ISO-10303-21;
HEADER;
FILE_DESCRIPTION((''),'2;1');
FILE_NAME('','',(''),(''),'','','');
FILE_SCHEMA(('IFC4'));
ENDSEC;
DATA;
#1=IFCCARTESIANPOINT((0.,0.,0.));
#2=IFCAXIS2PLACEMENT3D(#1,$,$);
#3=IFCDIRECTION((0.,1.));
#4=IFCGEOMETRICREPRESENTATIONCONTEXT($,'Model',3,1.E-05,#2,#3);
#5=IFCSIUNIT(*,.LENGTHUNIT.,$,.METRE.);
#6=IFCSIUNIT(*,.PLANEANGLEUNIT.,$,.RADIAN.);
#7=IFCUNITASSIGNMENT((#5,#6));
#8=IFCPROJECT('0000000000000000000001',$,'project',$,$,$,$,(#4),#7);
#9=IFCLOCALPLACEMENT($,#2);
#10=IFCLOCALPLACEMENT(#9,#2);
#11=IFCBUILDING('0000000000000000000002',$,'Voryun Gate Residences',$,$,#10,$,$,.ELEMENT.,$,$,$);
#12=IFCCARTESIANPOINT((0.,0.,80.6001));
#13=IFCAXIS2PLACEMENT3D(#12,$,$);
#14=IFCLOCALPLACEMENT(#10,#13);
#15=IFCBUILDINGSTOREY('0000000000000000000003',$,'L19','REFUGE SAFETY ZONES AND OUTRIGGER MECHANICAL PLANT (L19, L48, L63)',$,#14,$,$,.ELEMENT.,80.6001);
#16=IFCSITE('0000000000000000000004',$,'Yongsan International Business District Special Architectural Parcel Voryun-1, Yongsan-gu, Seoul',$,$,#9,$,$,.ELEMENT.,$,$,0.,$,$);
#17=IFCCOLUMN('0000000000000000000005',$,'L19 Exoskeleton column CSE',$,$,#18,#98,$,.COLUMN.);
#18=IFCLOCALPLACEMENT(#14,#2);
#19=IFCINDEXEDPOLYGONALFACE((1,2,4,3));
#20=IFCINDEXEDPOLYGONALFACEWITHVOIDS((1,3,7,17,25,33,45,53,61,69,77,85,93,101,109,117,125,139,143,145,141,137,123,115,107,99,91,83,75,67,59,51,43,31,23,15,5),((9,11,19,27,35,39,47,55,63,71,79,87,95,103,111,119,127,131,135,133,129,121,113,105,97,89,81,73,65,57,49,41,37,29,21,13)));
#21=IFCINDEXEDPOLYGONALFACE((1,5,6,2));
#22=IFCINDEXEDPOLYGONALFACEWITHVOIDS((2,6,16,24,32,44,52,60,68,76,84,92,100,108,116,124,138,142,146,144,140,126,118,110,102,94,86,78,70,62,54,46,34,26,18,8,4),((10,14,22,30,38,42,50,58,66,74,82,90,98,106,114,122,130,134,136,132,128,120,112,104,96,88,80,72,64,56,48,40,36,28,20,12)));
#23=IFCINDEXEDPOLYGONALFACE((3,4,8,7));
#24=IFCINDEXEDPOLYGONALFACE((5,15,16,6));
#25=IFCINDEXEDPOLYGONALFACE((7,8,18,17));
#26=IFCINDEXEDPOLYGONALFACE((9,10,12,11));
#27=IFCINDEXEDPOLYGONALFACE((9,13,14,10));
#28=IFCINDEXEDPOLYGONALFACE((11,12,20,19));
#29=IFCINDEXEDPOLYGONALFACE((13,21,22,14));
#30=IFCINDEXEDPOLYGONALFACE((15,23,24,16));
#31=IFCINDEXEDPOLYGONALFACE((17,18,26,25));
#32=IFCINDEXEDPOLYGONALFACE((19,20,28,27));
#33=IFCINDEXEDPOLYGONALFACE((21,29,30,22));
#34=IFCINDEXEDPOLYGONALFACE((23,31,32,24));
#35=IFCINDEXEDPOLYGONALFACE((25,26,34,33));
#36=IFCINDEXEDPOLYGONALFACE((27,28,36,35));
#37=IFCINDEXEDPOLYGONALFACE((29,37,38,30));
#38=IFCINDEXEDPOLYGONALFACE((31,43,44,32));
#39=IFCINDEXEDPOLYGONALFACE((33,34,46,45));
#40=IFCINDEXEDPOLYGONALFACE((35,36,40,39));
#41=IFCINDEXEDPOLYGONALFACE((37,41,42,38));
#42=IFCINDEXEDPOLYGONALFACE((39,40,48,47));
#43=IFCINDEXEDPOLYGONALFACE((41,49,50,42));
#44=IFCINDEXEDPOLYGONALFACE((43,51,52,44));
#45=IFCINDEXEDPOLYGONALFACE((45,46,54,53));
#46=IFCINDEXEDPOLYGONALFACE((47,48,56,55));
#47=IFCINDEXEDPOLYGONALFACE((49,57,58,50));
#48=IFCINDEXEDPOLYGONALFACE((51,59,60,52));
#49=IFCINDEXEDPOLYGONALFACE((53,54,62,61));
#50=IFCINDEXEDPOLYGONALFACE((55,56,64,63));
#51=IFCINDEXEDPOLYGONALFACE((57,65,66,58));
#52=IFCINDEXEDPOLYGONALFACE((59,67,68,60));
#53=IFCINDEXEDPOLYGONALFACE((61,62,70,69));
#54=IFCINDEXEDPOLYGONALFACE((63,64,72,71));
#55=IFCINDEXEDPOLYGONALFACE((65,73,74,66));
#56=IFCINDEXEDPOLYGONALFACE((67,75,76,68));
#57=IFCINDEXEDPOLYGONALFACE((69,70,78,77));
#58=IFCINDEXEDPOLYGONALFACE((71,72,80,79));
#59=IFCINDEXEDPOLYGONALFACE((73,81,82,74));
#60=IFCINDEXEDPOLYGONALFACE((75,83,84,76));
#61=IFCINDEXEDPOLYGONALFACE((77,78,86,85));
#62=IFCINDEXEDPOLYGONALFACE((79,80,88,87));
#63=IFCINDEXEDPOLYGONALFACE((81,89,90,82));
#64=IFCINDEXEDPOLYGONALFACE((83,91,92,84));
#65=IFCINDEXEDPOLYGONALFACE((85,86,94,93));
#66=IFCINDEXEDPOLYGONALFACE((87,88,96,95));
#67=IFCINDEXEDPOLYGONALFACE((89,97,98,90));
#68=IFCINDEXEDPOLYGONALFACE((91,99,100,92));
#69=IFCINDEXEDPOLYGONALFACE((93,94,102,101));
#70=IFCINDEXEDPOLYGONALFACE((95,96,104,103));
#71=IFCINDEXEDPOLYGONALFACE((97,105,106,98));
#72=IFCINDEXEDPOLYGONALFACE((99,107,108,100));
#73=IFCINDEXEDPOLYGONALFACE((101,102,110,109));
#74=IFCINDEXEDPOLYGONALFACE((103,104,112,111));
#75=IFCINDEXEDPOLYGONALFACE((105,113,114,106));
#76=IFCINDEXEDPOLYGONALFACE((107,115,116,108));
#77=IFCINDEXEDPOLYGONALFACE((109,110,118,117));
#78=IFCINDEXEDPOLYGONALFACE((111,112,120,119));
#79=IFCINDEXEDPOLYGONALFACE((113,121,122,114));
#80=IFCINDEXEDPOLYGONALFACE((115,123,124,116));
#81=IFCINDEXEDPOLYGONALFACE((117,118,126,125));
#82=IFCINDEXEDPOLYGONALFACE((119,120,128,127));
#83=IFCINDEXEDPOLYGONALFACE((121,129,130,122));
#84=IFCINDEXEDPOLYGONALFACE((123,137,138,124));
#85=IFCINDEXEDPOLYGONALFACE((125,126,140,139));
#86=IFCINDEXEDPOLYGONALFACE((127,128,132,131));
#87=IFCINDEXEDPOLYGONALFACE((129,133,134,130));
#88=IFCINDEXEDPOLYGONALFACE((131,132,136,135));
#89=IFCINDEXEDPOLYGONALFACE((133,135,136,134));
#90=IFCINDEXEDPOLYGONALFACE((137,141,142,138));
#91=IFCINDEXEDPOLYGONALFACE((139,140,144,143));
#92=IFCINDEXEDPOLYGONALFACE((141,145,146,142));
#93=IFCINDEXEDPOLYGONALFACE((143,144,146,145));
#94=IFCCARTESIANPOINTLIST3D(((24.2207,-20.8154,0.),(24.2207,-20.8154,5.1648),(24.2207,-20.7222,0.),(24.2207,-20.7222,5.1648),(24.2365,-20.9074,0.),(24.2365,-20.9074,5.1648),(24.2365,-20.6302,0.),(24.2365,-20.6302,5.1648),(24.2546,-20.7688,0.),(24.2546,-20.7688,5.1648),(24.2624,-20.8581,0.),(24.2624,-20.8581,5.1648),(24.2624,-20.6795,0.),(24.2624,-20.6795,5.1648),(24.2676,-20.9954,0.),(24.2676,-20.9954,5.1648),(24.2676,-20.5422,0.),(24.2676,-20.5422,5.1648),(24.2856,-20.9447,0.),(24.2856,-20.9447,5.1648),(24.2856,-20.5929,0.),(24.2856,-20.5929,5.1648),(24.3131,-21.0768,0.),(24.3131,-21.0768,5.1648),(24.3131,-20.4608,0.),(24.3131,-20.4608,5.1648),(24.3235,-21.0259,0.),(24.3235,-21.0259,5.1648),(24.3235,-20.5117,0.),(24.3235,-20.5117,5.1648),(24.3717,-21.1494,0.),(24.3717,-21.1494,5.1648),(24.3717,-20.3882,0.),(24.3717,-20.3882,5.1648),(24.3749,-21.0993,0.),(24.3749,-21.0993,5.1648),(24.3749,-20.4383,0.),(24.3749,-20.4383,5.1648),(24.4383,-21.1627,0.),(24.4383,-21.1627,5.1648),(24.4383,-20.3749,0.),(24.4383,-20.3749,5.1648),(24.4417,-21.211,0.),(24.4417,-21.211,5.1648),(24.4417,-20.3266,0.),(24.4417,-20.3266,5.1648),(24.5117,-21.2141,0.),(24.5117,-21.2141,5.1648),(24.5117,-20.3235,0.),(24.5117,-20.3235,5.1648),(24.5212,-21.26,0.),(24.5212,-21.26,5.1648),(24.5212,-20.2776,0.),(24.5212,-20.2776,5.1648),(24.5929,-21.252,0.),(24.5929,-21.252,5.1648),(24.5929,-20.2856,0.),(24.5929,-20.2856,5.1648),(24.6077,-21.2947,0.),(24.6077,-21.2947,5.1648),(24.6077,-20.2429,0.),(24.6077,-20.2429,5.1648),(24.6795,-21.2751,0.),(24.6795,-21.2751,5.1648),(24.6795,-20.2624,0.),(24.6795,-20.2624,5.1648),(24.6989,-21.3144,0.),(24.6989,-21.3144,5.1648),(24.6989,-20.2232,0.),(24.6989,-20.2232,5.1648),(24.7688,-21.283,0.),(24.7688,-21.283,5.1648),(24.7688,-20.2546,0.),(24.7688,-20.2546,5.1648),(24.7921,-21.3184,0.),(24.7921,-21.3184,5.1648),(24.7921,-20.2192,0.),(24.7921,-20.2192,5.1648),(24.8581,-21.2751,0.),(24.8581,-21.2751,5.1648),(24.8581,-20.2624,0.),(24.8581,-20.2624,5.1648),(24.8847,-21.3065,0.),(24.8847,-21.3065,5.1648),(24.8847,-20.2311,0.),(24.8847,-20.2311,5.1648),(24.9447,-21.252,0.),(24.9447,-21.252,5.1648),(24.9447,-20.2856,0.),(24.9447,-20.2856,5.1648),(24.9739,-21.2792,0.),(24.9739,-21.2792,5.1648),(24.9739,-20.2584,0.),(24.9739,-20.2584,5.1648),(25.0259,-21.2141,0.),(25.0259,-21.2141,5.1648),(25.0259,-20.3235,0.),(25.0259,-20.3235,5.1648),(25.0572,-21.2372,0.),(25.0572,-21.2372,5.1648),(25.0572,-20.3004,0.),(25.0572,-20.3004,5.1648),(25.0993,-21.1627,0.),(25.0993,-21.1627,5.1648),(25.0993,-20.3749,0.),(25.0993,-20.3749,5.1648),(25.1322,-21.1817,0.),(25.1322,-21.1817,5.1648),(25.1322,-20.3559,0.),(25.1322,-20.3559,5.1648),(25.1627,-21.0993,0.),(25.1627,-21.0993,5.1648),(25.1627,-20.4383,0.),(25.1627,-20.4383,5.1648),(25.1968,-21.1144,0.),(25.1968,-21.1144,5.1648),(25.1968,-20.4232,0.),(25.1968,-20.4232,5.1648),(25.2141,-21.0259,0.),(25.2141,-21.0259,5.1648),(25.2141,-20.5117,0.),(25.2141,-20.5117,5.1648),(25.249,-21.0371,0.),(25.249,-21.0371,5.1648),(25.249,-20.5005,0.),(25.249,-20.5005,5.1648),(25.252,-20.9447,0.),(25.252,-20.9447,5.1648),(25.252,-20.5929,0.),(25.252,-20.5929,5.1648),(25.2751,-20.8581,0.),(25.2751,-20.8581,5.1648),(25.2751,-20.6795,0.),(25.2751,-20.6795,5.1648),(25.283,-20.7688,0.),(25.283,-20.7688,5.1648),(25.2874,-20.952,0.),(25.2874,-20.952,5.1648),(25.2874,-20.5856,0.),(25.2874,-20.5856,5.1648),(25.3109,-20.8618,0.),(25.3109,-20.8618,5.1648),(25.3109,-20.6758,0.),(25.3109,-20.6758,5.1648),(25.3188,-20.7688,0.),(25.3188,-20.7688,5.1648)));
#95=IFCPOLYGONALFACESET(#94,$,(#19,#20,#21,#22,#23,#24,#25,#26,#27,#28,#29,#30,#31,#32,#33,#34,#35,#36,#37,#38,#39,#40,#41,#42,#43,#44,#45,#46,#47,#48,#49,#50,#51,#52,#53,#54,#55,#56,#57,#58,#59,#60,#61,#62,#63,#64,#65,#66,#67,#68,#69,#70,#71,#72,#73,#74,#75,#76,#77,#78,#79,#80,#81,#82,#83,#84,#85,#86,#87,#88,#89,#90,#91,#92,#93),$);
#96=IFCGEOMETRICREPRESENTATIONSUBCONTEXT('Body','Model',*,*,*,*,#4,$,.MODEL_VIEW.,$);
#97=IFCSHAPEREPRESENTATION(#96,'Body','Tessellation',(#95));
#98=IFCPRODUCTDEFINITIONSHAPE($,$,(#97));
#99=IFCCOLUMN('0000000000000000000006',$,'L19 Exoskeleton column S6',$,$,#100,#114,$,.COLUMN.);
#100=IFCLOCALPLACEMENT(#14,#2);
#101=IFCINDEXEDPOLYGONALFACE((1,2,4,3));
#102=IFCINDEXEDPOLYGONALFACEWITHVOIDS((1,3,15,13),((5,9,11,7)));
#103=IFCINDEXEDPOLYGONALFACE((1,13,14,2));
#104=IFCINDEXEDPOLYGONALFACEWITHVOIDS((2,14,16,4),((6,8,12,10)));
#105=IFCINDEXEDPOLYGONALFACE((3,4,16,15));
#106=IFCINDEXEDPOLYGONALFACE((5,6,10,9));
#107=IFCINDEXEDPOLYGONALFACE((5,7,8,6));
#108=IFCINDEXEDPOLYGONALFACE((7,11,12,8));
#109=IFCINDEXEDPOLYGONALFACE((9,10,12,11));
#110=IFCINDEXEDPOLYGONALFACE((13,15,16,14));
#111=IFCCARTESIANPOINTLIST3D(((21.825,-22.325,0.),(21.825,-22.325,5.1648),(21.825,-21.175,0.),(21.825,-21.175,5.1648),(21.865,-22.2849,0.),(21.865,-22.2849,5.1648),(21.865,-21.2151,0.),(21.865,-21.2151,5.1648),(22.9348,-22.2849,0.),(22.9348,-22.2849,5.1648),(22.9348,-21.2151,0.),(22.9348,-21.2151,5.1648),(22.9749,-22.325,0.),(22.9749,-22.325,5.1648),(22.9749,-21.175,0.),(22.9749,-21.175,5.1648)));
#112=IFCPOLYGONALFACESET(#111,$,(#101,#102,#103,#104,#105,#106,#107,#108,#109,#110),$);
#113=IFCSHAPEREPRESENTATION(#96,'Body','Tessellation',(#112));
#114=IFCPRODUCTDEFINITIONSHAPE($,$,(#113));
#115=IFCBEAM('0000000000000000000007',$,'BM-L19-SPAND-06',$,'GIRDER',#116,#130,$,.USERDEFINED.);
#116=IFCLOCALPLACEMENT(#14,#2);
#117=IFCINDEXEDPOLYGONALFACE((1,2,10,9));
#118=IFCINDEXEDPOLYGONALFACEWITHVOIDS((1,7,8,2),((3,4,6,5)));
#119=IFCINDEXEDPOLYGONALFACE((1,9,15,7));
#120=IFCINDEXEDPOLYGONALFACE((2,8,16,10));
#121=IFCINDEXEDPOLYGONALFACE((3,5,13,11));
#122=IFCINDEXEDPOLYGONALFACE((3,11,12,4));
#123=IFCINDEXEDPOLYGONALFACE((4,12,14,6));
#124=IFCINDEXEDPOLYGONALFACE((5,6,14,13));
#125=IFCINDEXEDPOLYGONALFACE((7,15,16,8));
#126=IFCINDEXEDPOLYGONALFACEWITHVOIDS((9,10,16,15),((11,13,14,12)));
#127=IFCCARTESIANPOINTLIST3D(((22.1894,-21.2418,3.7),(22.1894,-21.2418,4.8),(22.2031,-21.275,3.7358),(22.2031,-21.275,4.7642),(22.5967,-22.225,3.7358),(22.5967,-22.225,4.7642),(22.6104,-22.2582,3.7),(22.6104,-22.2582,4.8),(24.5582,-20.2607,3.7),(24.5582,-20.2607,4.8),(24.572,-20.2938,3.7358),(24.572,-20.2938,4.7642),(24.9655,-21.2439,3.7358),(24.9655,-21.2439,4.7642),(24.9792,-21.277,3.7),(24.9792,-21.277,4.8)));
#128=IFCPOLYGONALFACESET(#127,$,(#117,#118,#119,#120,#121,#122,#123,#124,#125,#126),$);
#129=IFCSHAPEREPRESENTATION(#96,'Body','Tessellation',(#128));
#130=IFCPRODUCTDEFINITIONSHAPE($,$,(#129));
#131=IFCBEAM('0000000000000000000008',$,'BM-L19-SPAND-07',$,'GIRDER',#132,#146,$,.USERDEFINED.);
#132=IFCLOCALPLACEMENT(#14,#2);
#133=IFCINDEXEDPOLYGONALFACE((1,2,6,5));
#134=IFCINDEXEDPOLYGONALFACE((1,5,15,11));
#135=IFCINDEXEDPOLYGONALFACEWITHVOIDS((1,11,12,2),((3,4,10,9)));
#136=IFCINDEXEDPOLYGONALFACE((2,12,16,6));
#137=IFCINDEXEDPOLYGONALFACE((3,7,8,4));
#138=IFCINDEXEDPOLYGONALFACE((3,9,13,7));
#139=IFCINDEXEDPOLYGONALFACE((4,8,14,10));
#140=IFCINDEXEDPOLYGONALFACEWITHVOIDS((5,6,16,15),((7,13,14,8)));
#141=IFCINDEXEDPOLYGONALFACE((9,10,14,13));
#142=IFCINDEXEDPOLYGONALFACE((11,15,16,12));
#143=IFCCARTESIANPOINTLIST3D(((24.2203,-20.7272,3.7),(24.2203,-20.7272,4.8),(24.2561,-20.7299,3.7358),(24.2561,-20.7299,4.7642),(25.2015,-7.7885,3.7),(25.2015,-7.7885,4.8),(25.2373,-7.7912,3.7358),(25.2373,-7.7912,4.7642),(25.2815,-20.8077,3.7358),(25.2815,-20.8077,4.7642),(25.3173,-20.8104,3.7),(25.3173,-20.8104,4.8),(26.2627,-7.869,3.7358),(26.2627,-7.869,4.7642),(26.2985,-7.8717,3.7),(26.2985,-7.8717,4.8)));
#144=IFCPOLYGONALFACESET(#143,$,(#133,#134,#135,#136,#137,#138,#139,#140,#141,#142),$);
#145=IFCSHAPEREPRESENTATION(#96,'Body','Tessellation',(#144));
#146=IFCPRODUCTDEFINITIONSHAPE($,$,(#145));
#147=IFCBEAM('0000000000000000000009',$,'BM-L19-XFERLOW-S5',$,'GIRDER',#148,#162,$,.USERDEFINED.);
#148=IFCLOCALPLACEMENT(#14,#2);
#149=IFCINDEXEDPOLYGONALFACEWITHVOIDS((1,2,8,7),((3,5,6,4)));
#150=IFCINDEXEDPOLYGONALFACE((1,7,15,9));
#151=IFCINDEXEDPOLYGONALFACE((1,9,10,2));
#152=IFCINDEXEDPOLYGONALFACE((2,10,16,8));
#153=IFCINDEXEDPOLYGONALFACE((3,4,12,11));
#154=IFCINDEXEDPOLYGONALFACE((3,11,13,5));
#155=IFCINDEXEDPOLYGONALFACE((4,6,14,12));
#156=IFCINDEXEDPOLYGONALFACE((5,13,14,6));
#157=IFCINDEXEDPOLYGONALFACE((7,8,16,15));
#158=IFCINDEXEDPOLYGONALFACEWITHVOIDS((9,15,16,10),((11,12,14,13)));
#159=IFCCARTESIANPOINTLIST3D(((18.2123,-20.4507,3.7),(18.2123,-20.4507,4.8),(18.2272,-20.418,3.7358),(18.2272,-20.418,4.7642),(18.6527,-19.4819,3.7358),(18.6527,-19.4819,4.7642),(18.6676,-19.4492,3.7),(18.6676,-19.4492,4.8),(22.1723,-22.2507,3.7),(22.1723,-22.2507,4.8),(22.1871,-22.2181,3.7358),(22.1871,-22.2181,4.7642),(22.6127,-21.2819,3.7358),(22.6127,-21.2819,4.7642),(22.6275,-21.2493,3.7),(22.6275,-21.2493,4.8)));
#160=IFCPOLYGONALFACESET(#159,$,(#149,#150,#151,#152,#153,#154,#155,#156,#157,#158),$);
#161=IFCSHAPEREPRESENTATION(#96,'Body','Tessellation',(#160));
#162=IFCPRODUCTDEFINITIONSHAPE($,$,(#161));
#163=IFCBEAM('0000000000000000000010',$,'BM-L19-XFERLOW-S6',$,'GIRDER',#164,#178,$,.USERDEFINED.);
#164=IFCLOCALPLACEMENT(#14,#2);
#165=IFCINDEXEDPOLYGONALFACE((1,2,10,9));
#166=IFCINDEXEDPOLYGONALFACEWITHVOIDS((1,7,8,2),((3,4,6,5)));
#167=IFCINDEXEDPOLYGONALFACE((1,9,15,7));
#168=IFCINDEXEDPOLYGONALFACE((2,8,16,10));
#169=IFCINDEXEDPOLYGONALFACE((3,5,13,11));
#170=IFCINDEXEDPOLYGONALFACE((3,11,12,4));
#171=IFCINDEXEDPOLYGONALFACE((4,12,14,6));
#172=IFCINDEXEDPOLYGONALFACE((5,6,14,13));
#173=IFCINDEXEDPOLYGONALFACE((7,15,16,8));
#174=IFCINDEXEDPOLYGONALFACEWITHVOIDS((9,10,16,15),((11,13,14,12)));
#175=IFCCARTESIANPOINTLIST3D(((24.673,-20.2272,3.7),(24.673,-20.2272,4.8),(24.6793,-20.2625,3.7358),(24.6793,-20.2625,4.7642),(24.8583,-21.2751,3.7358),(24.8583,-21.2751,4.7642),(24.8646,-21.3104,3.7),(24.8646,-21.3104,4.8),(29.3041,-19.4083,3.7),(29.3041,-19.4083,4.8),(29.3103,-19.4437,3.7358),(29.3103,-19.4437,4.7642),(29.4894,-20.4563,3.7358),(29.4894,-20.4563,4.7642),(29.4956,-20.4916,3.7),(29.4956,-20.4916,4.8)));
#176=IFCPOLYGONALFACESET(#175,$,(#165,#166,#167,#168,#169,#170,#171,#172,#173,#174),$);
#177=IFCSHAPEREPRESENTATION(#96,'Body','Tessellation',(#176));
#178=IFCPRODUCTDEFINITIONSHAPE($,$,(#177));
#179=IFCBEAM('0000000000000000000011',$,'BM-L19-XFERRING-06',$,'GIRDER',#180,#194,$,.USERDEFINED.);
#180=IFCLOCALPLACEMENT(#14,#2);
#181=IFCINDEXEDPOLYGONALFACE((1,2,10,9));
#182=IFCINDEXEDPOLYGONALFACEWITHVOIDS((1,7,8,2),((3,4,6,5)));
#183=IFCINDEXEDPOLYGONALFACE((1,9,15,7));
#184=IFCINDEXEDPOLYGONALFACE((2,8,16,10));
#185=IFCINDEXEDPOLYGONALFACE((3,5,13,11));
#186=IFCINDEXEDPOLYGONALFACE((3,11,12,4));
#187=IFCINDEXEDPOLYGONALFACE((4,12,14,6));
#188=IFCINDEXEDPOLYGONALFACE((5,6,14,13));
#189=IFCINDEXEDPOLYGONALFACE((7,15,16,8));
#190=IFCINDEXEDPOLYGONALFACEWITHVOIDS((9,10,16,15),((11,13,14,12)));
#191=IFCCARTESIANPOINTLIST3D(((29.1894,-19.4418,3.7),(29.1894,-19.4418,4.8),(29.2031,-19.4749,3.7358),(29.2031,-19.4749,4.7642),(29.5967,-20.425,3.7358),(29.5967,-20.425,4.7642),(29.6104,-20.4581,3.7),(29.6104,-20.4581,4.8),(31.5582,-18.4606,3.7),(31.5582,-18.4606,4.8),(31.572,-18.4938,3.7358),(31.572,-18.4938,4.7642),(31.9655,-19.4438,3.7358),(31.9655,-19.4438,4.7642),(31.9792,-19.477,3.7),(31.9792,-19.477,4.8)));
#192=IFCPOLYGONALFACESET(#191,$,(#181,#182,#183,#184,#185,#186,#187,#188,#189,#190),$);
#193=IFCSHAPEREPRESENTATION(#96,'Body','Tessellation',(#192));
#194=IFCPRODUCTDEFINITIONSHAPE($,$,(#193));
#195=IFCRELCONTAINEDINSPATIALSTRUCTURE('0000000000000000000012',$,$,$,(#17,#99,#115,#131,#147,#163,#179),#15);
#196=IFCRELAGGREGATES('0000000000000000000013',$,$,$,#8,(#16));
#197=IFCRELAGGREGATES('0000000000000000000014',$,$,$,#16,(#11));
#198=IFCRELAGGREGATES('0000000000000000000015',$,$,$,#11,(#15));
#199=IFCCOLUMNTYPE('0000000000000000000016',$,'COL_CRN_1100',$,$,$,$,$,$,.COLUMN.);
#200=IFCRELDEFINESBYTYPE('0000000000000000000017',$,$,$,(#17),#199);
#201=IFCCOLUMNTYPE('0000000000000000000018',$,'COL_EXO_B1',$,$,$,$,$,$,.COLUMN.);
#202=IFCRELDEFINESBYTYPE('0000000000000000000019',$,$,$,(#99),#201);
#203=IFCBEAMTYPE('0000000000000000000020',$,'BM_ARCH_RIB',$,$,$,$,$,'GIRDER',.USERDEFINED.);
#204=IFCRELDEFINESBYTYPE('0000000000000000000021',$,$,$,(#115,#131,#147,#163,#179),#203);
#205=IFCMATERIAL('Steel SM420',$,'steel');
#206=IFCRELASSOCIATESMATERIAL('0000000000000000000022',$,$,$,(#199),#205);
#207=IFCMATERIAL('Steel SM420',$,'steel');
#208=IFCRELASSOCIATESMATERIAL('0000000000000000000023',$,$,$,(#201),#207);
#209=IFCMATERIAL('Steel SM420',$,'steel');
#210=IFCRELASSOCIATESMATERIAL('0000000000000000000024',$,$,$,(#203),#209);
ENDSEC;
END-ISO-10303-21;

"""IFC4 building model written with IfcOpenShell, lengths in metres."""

from ifc_helpers import new_model, si_unit, direction, frame, origin, origin_2d, place, context, subcontext, project, spatial, hollow_rectangle, hollow_circle, extrude, material, material_profile, profile_set, type_object, element, save


model = new_model("IFC4")

# Units and contexts
model_context = context("Model", 3, precision=1e-05, world=origin(), true_north=direction((0.0, 1.0)))
body_context = subcontext(model_context, "Body", "Model", "MODEL_VIEW")
ifc_project = project(units=[si_unit("LENGTHUNIT", "METRE"), si_unit("PLANEANGLEUNIT", "RADIAN")], contexts=[model_context])

# Site, building, storey
site_placement = place(None, origin())
site = spatial("IfcSite", under=ifc_project, at=site_placement, Name="Yongsan International Business District Special Architectural Parcel Voryun-1, Yongsan-gu, Seoul", CompositionType="ELEMENT", RefElevation=0.0)
building_placement = place(site_placement, origin())
building = spatial("IfcBuilding", under=site, at=building_placement, Name="Voryun Gate Residences", CompositionType="ELEMENT")
storey_placement = place(building_placement, frame((0.0, 0.0, 80.6001)))
storey = spatial("IfcBuildingStorey", under=building, at=storey_placement, Name="L19", Description="REFUGE SAFETY ZONES AND OUTRIGGER MECHANICAL PLANT (L19, L48, L63)", CompositionType="ELEMENT", Elevation=80.6001)

# Columns
ifc_material_1 = material(Name="Steel SM420", Category="steel")
ifc_material_profile_1 = material_profile(ifc_material_1, hollow_circle(Radius=0.55, WallThickness=0.0359, at=origin_2d()), Name="CHS-1100x36")
ifc_profile_set_1 = profile_set([ifc_material_profile_1], Name="Steel SM420")
column_type_1 = type_object("IfcColumnType", Name="COL_CRN_1100", PredefinedType="COLUMN", material=ifc_profile_set_1)
column_1_placement = place(storey_placement, frame((24.7688, -20.7688, 0.0), z_axis=(0.0, 0.0, 1.0), x_axis=(1.0, 0.0, 0.0)))
element("IfcColumn", 1, at=column_1_placement, inside=storey, type_object=column_type_1, Name="L19 Exoskeleton column CSE", PredefinedType="COLUMN", context=body_context, shape_type="SweptSolid", body=[
    extrude(hollow_circle(Radius=0.55, WallThickness=0.0359, at=origin_2d()), origin(), (0.0, 0.0, 1.0), 5.1648),
])
ifc_material_2 = material(Name="Steel SM420", Category="steel")
ifc_material_profile_2 = material_profile(ifc_material_2, hollow_rectangle(XDim=1.1499, YDim=1.1499, WallThickness=0.04, at=origin_2d()), Name="BOX-1150x1150x40")
ifc_profile_set_2 = profile_set([ifc_material_profile_2], Name="Steel SM420")
column_type_2 = type_object("IfcColumnType", Name="COL_EXO_B1", PredefinedType="COLUMN", material=ifc_profile_set_2)
column_2_placement = place(storey_placement, frame((22.3999, -21.75, 0.0), z_axis=(0.0, 0.0, 1.0), x_axis=(1.0, 0.0, 0.0)))
element("IfcColumn", 2, at=column_2_placement, inside=storey, type_object=column_type_2, Name="L19 Exoskeleton column S6", PredefinedType="COLUMN", context=body_context, shape_type="SweptSolid", body=[
    extrude(hollow_rectangle(XDim=1.1499, YDim=1.1499, WallThickness=0.04, at=origin_2d()), origin(), (0.0, 0.0, 1.0), 5.1648),
])

# Beams
ifc_material_3 = material(Name="Steel SM420", Category="steel")
ifc_material_profile_3 = material_profile(ifc_material_3, hollow_rectangle(XDim=1.1001, YDim=1.1001, WallThickness=0.0359, at=origin_2d()), Name="BOX-1100x1100x36")
ifc_profile_set_3 = profile_set([ifc_material_profile_3], Name="Steel SM420")
beam_type = type_object("IfcBeamType", Name="BM_ARCH_RIB", ElementType="GIRDER", PredefinedType="USERDEFINED", material=ifc_profile_set_3)
beam_1_placement = place(storey_placement, frame((22.3999, -21.75, 4.25), z_axis=(0.923883, 0.382674, 0.0), x_axis=(-0.382674, 0.923883, 0.0)))
element("IfcBeam", 3, at=beam_1_placement, inside=storey, type_object=beam_type, Name="BM-L19-SPAND-06", ObjectType="GIRDER", PredefinedType="USERDEFINED", context=body_context, shape_type="SweptSolid", body=[
    extrude(hollow_rectangle(XDim=1.1001, YDim=1.1001, WallThickness=0.0359, at=origin_2d()), origin(), (0.0, 0.0, 1.0), 2.564),
])
beam_2_placement = place(storey_placement, frame((24.7688, -20.7688, 4.25), z_axis=(0.075617, 0.997137, 0.0), x_axis=(-0.997137, 0.075617, 0.0)))
element("IfcBeam", 4, at=beam_2_placement, inside=storey, type_object=beam_type, Name="BM-L19-SPAND-07", ObjectType="GIRDER", PredefinedType="USERDEFINED", context=body_context, shape_type="SweptSolid", body=[
    extrude(hollow_rectangle(XDim=1.1001, YDim=1.1001, WallThickness=0.0359, at=origin_2d()), origin(), (0.0, 0.0, 1.0), 12.9758),
])
beam_3_placement = place(storey_placement, frame((22.3999, -21.75, 4.25), z_axis=(-0.910361, 0.413816, 0.0), x_axis=(-0.413816, -0.910361, 0.0)))
element("IfcBeam", 5, at=beam_3_placement, inside=storey, type_object=beam_type, Name="BM-L19-XFERLOW-S5", ObjectType="GIRDER", PredefinedType="USERDEFINED", context=body_context, shape_type="SweptSolid", body=[
    extrude(hollow_rectangle(XDim=1.1001, YDim=1.1001, WallThickness=0.0359, at=origin_2d()), origin(), (0.0, 0.0, 1.0), 4.3499),
])
beam_4_placement = place(storey_placement, frame((24.7688, -20.7688, 4.25), z_axis=(0.984725, 0.174114, 0.0), x_axis=(-0.174114, 0.984725, 0.0)))
element("IfcBeam", 6, at=beam_4_placement, inside=storey, type_object=beam_type, Name="BM-L19-XFERLOW-S6", ObjectType="GIRDER", PredefinedType="USERDEFINED", context=body_context, shape_type="SweptSolid", body=[
    extrude(hollow_rectangle(XDim=1.1001, YDim=1.1001, WallThickness=0.0359, at=origin_2d()), origin(), (0.0, 0.0, 1.0), 4.7029),
])
beam_5_placement = place(storey_placement, frame((29.3999, -19.95, 4.25), z_axis=(0.923883, 0.382674, 0.0), x_axis=(-0.382674, 0.923883, 0.0)))
element("IfcBeam", 7, at=beam_5_placement, inside=storey, type_object=beam_type, Name="BM-L19-XFERRING-06", ObjectType="GIRDER", PredefinedType="USERDEFINED", context=body_context, shape_type="SweptSolid", body=[
    extrude(hollow_rectangle(XDim=1.1001, YDim=1.1001, WallThickness=0.0359, at=origin_2d()), origin(), (0.0, 0.0, 1.0), 2.564),
])

save(model, "model.ifc")
